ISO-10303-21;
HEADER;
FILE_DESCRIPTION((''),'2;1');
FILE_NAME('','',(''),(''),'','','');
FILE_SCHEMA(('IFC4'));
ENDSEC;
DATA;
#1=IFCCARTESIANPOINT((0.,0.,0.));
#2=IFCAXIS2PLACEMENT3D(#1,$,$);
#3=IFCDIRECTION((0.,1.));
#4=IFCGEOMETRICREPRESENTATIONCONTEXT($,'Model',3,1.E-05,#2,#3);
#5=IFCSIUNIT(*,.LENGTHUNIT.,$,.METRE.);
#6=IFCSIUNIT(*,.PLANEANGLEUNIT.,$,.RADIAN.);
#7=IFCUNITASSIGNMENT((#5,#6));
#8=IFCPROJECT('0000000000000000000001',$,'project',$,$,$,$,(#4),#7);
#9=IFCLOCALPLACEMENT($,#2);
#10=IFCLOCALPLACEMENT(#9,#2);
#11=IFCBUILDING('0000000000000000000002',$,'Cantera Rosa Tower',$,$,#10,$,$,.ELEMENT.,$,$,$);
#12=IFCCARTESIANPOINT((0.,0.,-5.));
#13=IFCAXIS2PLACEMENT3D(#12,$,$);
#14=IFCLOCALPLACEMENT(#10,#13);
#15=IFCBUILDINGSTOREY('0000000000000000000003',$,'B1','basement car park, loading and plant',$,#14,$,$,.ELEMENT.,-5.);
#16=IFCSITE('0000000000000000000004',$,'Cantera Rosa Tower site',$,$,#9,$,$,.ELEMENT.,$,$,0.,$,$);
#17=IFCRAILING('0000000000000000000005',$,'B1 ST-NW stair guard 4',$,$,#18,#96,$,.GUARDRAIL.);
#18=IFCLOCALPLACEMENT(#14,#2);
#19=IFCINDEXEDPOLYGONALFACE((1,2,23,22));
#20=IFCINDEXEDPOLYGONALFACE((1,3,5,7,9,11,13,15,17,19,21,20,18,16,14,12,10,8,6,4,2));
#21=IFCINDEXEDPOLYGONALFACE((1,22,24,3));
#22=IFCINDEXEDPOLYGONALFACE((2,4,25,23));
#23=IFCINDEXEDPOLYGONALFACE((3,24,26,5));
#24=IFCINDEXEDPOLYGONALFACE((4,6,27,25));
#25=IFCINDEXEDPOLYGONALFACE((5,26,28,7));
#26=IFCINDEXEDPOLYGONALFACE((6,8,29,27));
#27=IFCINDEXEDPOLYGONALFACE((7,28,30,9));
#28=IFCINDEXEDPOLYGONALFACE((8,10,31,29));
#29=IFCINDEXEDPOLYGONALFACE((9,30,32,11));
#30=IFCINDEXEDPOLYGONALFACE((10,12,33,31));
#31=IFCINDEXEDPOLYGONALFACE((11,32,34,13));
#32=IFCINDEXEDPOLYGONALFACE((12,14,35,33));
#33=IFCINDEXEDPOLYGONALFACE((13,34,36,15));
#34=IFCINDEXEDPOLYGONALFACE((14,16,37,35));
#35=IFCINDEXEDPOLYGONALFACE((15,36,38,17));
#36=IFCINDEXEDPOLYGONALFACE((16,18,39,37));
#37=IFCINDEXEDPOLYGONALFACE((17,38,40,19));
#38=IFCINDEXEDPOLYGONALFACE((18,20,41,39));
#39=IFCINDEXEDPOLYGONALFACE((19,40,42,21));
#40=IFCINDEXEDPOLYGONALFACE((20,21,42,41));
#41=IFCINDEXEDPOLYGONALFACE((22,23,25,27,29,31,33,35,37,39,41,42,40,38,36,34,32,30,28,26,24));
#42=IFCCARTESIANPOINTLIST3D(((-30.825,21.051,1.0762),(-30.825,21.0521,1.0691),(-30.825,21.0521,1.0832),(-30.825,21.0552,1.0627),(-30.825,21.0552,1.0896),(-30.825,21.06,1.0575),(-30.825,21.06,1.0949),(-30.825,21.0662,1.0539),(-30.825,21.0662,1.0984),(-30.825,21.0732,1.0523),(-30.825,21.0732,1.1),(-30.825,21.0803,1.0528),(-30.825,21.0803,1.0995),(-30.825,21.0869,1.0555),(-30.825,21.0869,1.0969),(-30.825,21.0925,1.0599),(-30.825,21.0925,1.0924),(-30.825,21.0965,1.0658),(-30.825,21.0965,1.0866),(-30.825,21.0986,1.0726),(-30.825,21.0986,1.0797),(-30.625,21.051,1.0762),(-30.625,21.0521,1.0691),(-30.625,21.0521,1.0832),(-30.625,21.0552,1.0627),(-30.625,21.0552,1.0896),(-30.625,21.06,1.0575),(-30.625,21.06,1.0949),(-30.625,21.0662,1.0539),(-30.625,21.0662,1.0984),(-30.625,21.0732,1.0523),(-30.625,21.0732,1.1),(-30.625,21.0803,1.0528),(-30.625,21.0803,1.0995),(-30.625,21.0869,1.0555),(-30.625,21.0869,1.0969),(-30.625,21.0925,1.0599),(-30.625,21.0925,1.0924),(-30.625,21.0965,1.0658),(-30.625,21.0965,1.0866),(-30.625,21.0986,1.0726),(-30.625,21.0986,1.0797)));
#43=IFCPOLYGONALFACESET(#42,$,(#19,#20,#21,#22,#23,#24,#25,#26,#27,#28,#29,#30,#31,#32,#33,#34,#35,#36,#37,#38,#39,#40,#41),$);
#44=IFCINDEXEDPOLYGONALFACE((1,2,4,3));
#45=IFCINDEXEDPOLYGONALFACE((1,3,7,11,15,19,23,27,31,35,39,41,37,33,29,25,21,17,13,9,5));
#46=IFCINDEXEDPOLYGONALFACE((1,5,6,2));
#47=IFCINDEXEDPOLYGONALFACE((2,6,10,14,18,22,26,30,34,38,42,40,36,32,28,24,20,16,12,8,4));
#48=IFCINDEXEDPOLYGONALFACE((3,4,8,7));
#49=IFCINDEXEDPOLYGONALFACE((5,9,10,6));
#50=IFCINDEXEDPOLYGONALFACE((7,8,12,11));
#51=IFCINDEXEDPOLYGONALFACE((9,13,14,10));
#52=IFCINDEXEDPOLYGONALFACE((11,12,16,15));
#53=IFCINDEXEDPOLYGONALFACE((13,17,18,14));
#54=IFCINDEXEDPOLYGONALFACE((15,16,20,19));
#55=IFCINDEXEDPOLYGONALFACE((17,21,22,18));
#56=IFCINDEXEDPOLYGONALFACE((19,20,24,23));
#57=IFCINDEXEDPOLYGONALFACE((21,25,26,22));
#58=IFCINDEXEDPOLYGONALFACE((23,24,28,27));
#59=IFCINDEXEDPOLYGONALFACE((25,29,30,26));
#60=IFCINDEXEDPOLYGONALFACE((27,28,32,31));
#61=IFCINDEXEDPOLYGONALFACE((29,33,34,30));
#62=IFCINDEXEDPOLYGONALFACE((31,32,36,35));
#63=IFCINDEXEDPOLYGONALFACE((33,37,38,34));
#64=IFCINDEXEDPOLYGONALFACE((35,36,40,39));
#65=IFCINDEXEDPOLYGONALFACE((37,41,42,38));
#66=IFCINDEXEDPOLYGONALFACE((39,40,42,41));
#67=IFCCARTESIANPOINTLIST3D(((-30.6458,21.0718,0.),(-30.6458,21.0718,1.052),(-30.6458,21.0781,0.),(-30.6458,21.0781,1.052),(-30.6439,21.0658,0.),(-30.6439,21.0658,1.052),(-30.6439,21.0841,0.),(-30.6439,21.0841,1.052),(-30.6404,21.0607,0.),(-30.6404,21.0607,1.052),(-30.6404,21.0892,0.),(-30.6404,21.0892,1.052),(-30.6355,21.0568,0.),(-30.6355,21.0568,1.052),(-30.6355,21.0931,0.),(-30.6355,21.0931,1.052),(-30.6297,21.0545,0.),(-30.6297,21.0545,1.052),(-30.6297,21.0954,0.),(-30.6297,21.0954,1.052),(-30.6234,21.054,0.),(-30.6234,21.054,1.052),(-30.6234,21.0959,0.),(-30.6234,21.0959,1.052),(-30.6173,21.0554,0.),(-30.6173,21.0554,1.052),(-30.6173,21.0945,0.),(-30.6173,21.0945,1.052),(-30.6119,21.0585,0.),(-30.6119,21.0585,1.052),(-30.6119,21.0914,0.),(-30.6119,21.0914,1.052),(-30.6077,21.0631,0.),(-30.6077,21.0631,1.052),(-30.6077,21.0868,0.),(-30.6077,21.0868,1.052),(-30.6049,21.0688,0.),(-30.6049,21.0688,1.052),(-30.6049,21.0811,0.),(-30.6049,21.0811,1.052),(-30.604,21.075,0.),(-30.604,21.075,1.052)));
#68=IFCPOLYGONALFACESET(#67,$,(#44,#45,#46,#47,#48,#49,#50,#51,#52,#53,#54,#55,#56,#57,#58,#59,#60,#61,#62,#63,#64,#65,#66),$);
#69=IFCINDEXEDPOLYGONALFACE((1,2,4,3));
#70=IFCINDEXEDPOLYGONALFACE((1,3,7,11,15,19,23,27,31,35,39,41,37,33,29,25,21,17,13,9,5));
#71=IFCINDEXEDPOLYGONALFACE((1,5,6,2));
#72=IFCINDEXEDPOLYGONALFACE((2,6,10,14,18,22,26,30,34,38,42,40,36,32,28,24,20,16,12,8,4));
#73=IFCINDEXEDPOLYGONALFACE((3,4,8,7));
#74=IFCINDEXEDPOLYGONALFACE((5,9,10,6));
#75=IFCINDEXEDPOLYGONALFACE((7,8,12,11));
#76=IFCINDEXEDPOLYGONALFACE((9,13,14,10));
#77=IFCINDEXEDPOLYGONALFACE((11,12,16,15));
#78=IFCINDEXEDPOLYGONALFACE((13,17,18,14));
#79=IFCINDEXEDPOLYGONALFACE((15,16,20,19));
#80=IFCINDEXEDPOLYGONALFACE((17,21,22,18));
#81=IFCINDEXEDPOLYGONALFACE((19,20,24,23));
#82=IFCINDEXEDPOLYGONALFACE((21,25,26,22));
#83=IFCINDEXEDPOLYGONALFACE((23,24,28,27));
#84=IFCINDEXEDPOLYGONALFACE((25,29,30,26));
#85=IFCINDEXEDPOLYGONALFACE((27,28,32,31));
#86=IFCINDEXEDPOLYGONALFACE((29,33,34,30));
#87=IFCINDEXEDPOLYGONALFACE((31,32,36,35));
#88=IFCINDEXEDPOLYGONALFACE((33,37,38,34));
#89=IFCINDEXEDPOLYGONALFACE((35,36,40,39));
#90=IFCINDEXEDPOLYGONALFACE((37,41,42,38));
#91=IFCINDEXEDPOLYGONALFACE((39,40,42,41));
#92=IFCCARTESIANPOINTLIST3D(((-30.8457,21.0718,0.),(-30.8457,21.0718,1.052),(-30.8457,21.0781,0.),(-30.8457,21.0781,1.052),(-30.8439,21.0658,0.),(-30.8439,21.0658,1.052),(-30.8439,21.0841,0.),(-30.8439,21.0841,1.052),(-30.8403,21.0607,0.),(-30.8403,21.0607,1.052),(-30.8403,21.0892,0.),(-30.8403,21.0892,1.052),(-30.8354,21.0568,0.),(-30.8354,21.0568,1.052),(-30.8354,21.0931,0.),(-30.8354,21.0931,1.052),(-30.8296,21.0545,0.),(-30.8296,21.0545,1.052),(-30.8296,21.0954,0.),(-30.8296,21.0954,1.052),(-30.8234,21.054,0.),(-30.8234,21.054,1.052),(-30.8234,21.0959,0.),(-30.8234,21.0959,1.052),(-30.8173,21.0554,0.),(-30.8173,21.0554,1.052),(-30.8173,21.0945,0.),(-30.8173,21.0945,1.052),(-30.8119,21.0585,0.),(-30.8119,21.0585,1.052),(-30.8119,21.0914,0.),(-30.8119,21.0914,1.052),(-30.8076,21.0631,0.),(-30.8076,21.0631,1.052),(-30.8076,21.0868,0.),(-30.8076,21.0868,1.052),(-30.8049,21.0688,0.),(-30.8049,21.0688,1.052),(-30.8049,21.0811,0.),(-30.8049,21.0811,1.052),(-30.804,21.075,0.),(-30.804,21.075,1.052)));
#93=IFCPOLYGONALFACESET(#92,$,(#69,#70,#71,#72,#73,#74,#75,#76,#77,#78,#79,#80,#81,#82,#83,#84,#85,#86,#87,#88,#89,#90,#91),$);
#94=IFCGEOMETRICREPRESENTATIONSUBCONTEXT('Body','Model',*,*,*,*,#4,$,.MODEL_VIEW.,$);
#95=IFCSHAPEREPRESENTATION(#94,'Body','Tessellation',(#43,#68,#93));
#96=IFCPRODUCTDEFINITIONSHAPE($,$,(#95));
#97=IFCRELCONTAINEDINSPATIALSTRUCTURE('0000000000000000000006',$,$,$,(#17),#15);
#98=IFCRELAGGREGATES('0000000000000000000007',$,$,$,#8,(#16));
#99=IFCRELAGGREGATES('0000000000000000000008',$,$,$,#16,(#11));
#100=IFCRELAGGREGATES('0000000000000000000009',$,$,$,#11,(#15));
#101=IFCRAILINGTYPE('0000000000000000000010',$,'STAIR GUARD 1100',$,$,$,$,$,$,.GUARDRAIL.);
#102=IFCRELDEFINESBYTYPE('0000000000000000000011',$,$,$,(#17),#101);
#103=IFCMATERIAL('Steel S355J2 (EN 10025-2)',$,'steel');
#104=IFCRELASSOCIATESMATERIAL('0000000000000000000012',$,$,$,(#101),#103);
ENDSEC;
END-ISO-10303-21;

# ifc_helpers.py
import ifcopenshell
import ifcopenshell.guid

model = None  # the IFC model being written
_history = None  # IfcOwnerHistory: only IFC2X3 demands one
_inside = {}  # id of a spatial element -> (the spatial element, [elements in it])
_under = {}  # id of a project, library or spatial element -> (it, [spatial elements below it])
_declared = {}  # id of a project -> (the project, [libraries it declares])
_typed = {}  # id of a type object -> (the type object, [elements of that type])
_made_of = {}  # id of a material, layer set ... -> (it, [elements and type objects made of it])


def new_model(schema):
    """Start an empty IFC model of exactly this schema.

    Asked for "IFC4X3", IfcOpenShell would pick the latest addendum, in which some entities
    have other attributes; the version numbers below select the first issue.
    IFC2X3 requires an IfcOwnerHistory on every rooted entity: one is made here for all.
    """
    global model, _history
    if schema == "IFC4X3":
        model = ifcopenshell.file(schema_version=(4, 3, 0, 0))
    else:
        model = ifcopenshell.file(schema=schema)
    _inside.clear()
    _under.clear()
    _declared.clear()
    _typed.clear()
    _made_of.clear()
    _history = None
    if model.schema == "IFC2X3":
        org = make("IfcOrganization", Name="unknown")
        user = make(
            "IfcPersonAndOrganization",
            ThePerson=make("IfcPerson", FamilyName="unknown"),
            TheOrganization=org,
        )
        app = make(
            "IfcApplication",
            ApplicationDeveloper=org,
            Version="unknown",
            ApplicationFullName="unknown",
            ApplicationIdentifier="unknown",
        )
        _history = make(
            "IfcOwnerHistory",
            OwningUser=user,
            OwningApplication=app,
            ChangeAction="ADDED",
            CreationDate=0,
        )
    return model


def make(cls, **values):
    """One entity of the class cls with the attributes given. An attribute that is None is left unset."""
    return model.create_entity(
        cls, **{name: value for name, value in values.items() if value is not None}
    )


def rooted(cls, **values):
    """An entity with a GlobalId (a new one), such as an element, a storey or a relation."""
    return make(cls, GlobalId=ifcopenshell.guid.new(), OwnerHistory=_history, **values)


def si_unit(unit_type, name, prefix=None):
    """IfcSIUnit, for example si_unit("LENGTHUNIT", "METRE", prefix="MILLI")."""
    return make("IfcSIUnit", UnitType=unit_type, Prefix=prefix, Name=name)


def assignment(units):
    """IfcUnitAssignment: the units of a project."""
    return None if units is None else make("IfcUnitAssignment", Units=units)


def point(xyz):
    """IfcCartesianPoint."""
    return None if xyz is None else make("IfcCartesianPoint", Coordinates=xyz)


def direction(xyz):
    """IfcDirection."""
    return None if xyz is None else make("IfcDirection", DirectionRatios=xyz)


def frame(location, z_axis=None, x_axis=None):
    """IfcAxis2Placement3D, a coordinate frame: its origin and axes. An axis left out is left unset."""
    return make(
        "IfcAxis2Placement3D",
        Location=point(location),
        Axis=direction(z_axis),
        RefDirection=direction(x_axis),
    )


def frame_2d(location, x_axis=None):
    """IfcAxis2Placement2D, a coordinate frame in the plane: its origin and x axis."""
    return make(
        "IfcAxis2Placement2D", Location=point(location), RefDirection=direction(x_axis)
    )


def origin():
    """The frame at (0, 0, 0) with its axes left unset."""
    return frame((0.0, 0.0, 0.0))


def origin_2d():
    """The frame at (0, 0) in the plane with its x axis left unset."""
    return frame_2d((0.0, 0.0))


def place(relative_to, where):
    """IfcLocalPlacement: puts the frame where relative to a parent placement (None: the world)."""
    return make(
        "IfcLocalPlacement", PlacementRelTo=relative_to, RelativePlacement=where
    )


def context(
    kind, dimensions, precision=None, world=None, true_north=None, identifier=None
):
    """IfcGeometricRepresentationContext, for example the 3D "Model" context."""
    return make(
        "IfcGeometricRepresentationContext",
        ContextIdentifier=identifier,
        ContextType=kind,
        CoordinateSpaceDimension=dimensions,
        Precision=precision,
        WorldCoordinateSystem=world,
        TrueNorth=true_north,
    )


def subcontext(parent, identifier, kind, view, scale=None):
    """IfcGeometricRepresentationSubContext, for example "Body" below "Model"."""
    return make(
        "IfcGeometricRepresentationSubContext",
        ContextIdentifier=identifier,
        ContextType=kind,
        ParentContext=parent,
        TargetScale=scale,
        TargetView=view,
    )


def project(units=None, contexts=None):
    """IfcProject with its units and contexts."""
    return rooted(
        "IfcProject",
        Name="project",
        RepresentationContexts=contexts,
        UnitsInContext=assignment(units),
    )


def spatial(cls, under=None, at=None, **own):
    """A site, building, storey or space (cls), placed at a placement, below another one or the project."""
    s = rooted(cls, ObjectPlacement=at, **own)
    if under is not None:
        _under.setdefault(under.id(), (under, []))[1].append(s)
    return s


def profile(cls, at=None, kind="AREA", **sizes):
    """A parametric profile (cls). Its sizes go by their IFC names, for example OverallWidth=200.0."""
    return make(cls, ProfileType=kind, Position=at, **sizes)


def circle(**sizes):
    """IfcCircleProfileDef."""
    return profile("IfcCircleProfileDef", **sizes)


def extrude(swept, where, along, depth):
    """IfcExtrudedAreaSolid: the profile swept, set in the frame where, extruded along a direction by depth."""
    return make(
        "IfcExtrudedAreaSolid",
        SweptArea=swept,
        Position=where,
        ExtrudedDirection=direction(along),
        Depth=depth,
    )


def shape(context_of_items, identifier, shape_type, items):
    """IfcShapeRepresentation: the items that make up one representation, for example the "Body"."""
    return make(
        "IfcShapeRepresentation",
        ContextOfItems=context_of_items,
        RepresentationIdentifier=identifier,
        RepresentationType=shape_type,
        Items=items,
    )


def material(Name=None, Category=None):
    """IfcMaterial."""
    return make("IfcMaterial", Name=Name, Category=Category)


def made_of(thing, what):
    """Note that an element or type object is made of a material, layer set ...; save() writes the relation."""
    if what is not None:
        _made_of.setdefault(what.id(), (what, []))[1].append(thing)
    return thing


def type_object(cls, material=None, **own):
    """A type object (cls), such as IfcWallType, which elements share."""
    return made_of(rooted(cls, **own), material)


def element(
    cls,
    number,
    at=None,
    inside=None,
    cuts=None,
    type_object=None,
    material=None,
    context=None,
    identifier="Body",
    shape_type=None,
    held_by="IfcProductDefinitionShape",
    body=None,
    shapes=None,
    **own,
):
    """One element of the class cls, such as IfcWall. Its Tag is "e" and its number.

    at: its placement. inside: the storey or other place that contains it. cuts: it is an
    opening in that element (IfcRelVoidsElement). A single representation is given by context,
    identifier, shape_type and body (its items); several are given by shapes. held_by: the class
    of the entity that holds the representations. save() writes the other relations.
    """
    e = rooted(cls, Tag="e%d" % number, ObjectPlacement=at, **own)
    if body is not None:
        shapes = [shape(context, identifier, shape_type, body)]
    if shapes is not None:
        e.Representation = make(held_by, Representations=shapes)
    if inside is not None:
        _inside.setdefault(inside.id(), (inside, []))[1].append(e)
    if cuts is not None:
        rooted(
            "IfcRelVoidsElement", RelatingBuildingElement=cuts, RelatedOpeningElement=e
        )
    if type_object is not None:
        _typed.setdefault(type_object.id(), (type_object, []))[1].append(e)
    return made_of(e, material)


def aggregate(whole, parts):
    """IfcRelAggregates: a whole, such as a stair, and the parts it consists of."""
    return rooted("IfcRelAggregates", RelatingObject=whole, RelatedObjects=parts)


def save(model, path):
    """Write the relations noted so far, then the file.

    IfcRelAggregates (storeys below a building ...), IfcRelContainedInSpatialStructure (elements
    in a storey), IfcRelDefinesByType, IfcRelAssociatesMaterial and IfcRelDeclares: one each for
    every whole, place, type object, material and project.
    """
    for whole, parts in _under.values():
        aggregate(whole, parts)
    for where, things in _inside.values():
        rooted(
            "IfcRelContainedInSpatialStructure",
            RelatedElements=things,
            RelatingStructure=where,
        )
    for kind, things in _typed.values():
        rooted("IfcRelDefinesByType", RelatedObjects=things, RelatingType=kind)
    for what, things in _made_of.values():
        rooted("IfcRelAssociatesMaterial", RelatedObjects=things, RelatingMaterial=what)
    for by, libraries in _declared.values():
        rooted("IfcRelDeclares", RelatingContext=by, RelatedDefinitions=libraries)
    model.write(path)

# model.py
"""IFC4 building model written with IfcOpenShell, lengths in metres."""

from ifc_helpers import new_model, si_unit, direction, frame, origin, origin_2d, place, context, subcontext, project, spatial, circle, extrude, material, type_object, element, save


model = new_model("IFC4")

# Units and contexts
model_context = context("Model", 3, precision=1e-05, world=origin(), true_north=direction((0.0, 1.0)))
body_context = subcontext(model_context, "Body", "Model", "MODEL_VIEW")
ifc_project = project(units=[si_unit("LENGTHUNIT", "METRE"), si_unit("PLANEANGLEUNIT", "RADIAN")], contexts=[model_context])

# Site, building, storey
site_placement = place(None, origin())
site = spatial("IfcSite", under=ifc_project, at=site_placement, Name="Cantera Rosa Tower site", CompositionType="ELEMENT", RefElevation=0.0)
building_placement = place(site_placement, origin())
building = spatial("IfcBuilding", under=site, at=building_placement, Name="Cantera Rosa Tower", CompositionType="ELEMENT")
storey_placement = place(building_placement, frame((0.0, 0.0, -5.0)))
storey = spatial("IfcBuildingStorey", under=building, at=storey_placement, Name="B1", Description="basement car park, loading and plant", CompositionType="ELEMENT", Elevation=-5.0)

# Railing
ifc_material_1 = material(Name="Steel S355J2 (EN 10025-2)", Category="steel")
railing_type_1 = type_object("IfcRailingType", Name="STAIR GUARD 1100", PredefinedType="GUARDRAIL", material=ifc_material_1)
railing_1_placement = place(storey_placement, frame((-30.625, 21.075, 0.0)))
element("IfcRailing", 1, at=railing_1_placement, inside=storey, type_object=railing_type_1, Name="B1 ST-NW stair guard 4", PredefinedType="GUARDRAIL", context=body_context, shape_type="SweptSolid", body=[
    extrude(circle(Radius=0.0239, at=origin_2d()), frame((0.0, 0.0, 1.0762), z_axis=(-1.0, 0.0, 0.0), x_axis=(0.0, -1.0, 0.0)), (0.0, 0.0, 1.0), 0.2),
    extrude(circle(Radius=0.021, at=origin_2d()), origin(), (0.0, 0.0, 1.0), 1.052),
    extrude(circle(Radius=0.021, at=origin_2d()), frame((-0.2, 0.0, 0.0)), (0.0, 0.0, 1.0), 1.052),
])

save(model, "model.ifc")
